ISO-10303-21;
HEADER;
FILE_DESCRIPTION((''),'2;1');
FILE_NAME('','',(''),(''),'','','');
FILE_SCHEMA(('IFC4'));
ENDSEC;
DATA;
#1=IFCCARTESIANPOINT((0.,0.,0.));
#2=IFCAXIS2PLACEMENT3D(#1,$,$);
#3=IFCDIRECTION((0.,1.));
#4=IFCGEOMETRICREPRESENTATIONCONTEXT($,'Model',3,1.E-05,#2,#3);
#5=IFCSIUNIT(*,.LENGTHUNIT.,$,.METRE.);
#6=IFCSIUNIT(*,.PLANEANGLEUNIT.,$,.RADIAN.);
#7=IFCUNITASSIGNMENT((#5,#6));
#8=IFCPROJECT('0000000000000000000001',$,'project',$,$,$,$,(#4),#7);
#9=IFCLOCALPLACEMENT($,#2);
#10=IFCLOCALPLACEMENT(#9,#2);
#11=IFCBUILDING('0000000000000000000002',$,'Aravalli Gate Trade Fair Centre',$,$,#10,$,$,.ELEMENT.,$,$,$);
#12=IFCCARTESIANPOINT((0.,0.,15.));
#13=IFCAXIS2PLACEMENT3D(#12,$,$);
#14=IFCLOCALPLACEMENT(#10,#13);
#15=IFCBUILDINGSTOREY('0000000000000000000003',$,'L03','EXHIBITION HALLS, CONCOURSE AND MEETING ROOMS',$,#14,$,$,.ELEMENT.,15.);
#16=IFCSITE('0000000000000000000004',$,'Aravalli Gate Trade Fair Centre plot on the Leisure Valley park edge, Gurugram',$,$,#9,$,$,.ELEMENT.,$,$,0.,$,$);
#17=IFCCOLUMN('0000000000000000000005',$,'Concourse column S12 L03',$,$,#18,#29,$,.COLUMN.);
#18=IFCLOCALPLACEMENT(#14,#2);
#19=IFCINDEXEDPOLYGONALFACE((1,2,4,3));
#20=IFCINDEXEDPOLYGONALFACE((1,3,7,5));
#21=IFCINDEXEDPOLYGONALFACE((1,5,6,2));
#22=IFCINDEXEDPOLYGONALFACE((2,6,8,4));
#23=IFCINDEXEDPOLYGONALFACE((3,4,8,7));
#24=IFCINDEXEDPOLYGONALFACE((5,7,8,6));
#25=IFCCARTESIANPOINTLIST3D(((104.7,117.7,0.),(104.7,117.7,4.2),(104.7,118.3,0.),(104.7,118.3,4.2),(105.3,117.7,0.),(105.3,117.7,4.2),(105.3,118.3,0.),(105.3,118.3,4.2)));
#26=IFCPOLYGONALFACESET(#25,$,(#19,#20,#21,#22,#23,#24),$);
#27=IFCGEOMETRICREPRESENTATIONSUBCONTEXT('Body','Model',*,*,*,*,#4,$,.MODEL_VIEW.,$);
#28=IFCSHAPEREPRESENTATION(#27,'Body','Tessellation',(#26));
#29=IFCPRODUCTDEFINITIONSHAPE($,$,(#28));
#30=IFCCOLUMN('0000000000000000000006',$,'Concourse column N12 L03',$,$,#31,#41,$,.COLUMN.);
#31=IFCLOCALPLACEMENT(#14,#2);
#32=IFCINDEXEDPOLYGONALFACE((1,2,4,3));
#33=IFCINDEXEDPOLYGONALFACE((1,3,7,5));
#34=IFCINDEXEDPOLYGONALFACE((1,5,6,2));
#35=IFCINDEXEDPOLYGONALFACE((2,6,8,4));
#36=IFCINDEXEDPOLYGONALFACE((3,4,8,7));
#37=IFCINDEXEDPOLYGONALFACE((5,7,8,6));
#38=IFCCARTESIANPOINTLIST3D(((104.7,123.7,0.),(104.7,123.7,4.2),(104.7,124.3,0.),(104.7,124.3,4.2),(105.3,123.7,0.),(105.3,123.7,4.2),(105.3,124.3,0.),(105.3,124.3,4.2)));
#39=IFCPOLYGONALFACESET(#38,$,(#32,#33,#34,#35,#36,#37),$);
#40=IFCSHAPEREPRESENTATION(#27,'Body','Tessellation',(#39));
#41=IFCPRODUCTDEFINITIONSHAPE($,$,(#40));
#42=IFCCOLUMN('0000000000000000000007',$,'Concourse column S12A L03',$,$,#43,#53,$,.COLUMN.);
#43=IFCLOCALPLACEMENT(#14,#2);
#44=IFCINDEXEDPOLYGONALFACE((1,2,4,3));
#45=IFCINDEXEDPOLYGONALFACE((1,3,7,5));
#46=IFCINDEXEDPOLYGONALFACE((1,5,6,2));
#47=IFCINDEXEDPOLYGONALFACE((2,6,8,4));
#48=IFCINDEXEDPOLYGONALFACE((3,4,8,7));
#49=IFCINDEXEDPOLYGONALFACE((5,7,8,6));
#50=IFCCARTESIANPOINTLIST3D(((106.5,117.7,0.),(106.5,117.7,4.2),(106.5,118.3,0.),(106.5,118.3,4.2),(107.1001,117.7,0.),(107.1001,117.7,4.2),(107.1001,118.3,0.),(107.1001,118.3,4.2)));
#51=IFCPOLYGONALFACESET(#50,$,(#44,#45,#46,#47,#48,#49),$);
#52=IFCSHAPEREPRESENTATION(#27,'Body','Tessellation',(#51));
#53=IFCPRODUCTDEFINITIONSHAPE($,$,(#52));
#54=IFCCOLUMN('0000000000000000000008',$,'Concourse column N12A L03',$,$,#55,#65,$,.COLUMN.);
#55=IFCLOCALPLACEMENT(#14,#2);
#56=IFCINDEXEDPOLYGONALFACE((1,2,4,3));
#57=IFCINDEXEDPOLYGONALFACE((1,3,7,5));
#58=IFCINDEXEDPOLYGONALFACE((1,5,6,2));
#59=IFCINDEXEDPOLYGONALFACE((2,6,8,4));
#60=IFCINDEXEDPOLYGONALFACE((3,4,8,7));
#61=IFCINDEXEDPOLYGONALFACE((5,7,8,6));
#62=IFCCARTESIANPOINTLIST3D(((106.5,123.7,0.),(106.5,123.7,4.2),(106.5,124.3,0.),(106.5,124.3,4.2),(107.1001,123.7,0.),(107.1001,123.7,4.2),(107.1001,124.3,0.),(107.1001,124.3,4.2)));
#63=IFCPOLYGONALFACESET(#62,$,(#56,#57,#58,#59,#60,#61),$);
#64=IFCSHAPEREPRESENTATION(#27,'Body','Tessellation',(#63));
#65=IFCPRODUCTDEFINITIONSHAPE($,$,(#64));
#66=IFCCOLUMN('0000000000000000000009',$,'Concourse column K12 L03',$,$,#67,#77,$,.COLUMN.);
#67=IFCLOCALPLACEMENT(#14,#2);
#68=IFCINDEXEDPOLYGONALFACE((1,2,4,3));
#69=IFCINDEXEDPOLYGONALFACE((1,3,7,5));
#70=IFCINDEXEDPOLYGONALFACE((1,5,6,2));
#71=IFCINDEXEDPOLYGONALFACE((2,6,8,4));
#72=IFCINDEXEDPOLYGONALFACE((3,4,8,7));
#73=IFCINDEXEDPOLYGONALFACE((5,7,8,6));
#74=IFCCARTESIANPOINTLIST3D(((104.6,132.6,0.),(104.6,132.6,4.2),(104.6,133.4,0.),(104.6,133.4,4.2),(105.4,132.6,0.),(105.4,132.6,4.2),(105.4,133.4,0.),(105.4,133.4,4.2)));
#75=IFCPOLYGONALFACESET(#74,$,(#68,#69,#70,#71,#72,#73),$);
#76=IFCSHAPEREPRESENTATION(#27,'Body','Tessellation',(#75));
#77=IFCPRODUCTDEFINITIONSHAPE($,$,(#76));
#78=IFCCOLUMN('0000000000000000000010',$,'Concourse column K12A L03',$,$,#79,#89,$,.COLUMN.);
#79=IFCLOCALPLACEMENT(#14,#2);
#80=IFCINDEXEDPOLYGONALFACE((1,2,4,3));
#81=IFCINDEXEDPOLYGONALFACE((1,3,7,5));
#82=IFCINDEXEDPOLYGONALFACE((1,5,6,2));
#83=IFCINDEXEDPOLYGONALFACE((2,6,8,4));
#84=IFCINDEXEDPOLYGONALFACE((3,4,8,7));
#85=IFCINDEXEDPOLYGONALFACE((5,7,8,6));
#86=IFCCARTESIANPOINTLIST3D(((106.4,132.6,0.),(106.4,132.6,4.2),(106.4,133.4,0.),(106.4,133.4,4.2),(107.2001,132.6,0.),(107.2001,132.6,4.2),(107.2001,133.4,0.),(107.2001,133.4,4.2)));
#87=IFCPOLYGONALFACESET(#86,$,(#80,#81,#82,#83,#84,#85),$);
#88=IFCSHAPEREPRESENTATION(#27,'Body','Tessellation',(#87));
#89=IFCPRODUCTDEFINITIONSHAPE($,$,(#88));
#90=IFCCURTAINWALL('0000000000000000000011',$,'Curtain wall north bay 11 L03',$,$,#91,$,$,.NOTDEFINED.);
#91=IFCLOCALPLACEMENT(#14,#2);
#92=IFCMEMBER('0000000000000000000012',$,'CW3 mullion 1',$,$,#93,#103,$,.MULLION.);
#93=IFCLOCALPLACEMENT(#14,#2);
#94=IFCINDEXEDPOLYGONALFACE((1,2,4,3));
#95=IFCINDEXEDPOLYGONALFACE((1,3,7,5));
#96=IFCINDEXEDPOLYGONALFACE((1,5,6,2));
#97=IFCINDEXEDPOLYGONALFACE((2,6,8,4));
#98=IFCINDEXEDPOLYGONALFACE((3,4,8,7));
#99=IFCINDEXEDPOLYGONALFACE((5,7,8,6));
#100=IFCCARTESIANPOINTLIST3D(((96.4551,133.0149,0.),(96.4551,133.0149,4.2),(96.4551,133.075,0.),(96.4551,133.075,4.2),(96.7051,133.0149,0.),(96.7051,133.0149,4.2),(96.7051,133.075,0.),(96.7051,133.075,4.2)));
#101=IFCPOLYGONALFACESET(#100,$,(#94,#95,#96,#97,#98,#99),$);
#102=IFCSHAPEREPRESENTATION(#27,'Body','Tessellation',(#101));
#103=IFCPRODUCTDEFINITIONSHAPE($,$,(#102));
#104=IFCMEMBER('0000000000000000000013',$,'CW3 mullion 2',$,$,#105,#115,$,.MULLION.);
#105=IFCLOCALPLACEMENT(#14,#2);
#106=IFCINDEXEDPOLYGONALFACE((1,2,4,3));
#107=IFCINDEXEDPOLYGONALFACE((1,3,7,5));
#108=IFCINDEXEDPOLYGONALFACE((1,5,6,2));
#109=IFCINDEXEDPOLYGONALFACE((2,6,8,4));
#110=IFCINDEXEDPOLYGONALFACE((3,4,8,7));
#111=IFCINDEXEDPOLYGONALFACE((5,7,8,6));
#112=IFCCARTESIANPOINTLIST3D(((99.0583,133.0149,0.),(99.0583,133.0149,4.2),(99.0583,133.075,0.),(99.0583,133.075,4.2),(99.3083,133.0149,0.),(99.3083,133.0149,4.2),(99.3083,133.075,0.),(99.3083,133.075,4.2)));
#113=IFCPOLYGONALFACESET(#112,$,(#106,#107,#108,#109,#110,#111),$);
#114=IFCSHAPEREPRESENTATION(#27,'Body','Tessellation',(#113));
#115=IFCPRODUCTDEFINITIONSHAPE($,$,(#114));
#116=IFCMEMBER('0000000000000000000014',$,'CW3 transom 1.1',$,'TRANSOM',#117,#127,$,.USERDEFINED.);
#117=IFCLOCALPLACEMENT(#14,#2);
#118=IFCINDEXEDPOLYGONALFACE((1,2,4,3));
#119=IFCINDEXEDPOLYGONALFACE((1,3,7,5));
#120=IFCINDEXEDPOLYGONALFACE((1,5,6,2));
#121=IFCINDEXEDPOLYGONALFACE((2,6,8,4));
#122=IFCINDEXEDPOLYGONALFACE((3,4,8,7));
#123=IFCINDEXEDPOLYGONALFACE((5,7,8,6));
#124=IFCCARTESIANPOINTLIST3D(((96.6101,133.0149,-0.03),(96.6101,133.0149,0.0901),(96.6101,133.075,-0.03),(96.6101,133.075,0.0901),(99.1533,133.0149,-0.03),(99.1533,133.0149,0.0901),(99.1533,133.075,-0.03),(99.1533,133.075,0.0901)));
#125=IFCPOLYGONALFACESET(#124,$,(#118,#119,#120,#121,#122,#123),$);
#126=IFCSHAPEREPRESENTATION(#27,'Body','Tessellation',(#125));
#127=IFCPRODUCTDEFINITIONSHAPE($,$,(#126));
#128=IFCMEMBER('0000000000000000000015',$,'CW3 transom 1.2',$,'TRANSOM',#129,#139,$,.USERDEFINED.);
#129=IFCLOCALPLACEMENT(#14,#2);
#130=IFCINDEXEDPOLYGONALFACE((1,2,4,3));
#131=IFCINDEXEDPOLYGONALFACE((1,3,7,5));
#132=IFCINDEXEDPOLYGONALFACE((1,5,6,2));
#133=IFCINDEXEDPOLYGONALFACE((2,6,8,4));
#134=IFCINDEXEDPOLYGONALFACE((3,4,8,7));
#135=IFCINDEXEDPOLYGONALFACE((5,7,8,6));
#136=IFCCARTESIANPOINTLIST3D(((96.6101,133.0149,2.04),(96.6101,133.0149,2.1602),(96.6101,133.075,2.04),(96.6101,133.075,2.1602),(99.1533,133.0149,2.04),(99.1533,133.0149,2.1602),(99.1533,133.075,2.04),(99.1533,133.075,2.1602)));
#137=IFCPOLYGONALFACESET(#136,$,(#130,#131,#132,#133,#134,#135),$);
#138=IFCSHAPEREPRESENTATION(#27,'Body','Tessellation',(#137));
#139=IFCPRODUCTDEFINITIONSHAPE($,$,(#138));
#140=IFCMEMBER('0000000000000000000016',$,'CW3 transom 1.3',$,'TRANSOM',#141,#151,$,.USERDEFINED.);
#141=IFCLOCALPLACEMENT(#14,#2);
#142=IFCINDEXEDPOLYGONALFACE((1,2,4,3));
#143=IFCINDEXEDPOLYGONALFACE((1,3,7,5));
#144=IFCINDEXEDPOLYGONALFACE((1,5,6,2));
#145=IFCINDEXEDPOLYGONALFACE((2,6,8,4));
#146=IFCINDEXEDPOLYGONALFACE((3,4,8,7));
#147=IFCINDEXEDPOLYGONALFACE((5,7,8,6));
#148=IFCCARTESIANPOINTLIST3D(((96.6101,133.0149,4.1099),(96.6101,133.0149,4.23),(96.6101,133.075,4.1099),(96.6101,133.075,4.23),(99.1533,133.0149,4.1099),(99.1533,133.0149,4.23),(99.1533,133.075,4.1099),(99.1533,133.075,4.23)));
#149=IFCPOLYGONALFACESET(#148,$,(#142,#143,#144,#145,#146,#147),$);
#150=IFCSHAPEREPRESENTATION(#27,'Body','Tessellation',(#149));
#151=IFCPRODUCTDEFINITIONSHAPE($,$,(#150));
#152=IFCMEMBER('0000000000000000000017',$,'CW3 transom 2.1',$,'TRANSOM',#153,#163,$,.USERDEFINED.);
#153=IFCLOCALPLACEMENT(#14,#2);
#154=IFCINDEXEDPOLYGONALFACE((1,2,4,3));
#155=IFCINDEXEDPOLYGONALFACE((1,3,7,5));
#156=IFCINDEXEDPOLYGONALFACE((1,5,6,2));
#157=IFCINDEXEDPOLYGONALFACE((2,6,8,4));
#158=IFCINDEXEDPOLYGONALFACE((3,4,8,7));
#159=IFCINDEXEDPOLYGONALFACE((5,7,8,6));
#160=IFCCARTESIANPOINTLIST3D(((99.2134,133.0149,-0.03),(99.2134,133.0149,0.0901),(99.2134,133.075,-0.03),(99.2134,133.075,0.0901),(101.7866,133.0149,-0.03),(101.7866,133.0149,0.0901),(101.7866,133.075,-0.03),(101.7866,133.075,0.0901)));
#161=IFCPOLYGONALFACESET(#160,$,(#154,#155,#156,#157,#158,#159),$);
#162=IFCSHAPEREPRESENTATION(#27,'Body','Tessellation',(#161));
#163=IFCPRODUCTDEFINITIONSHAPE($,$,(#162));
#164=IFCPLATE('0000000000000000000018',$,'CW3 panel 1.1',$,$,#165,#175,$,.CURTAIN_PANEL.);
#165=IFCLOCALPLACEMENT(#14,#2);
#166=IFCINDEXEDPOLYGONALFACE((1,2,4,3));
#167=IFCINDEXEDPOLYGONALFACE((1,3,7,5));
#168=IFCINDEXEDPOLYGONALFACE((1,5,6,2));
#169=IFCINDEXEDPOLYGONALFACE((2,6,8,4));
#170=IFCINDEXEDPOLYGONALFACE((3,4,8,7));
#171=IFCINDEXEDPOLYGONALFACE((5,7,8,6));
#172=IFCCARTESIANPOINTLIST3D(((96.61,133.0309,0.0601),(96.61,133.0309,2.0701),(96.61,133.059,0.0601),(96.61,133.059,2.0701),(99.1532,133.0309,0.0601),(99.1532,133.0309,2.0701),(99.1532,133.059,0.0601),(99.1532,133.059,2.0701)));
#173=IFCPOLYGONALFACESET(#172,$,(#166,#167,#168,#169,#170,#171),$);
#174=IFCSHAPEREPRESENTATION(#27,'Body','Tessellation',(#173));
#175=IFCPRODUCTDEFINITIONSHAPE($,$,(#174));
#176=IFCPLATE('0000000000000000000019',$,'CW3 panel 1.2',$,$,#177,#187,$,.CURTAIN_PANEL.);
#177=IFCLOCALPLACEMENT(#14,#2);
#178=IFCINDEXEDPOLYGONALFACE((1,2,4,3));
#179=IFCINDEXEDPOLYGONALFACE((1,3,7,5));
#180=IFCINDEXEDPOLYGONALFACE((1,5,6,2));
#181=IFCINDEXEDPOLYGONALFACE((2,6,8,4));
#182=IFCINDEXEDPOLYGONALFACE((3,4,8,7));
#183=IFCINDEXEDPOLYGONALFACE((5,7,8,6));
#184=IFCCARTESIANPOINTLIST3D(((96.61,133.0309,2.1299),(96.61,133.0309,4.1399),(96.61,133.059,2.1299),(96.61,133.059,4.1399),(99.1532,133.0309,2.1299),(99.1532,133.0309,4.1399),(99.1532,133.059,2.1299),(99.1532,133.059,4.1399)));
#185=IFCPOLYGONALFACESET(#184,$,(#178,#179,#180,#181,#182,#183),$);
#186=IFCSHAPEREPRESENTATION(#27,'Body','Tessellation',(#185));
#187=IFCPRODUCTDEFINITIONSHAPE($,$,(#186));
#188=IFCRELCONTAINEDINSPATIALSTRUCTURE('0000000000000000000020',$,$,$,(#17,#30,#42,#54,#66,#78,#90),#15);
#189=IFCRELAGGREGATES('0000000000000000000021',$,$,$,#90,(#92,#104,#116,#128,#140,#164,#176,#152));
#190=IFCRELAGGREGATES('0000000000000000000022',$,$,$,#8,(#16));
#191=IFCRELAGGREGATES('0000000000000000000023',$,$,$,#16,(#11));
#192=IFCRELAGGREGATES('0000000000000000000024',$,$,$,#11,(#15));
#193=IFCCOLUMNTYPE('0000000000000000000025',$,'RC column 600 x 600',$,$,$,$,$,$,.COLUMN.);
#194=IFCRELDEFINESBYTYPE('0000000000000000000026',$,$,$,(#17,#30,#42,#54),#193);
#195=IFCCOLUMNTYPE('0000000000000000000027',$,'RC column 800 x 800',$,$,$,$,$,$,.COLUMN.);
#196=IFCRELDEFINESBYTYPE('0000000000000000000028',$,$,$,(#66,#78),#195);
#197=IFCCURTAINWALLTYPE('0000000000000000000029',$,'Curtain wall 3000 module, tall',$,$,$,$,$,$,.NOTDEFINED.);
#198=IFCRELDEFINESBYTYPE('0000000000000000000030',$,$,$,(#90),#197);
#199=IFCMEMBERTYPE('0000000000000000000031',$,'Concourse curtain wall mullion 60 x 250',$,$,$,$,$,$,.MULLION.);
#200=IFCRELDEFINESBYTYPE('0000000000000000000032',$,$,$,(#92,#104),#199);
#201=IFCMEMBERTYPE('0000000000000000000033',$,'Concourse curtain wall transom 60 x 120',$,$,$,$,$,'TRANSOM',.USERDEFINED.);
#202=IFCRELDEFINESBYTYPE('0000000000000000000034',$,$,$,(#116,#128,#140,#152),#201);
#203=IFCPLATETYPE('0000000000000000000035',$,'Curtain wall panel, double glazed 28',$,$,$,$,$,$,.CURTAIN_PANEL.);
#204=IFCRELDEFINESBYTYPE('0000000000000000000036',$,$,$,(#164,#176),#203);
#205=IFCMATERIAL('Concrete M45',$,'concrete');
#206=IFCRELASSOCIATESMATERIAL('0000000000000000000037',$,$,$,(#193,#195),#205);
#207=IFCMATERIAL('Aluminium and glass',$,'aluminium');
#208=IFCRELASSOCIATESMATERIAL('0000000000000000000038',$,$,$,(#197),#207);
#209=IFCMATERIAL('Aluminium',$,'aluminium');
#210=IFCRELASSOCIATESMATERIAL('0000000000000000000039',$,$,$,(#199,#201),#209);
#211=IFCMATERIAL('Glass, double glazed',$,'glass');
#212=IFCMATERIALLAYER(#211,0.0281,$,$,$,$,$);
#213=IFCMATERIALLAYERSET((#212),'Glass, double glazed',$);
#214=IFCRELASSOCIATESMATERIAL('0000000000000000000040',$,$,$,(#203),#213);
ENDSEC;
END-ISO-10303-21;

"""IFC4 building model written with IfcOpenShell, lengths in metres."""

from ifc_helpers import new_model, si_unit, direction, frame, origin, origin_2d, place, context, subcontext, project, spatial, rectangle, extrude, material, layer, layer_set, material_profile, profile_set, type_object, element, aggregate, save


model = new_model("IFC4")

# Units and contexts
model_context = context("Model", 3, precision=1e-05, world=origin(), true_north=direction((0.0, 1.0)))
body_context = subcontext(model_context, "Body", "Model", "MODEL_VIEW")
ifc_project = project(units=[si_unit("LENGTHUNIT", "METRE"), si_unit("PLANEANGLEUNIT", "RADIAN")], contexts=[model_context])

# Site, building, storey
site_placement = place(None, origin())
site = spatial("IfcSite", under=ifc_project, at=site_placement, Name="Aravalli Gate Trade Fair Centre plot on the Leisure Valley park edge, Gurugram", CompositionType="ELEMENT", RefElevation=0.0)
building_placement = place(site_placement, origin())
building = spatial("IfcBuilding", under=site, at=building_placement, Name="Aravalli Gate Trade Fair Centre", CompositionType="ELEMENT")
storey_placement = place(building_placement, frame((0.0, 0.0, 15.0)))
storey = spatial("IfcBuildingStorey", under=building, at=storey_placement, Name="L03", Description="EXHIBITION HALLS, CONCOURSE AND MEETING ROOMS", CompositionType="ELEMENT", Elevation=15.0)

# Columns
ifc_material_1 = material(Name="Concrete M45", Category="concrete")
ifc_material_profile_1 = material_profile(ifc_material_1, rectangle(XDim=0.6001, YDim=0.6001, at=origin_2d()), Name="RC column 600 x 600")
ifc_profile_set_1 = profile_set([ifc_material_profile_1], Name="Concrete M45")
column_type_1 = type_object("IfcColumnType", Name="RC column 600 x 600", PredefinedType="COLUMN", material=ifc_profile_set_1)
for number, where, z_axis, x_axis, name in (
    (1, (105.0, 118.0, 0.0), (0.0, 0.0, 1.0), (1.0, 0.0, 0.0), "Concourse column S12 L03"),
    (2, (105.0, 124.0, 0.0), (0.0, 0.0, 1.0), (1.0, 0.0, 0.0), "Concourse column N12 L03"),
    (3, (106.8, 118.0, 0.0), (0.0, 0.0, 1.0), (1.0, 0.0, 0.0), "Concourse column S12A L03"),
    (4, (106.8, 124.0, 0.0), (0.0, 0.0, 1.0), (1.0, 0.0, 0.0), "Concourse column N12A L03"),
):
    element("IfcColumn", number, at=place(storey_placement, frame(where, z_axis=z_axis, x_axis=x_axis)), inside=storey, type_object=column_type_1, Name=name, PredefinedType="COLUMN", context=body_context, shape_type="SweptSolid", body=[
        extrude(rectangle(XDim=0.6001, YDim=0.6001, at=origin_2d()), origin(), (0.0, 0.0, 1.0), 4.2),
    ])
ifc_material_profile_2 = material_profile(ifc_material_1, rectangle(XDim=0.8, YDim=0.8, at=origin_2d()), Name="RC column 800 x 800")
ifc_profile_set_2 = profile_set([ifc_material_profile_2], Name="Concrete M45")
column_type_2 = type_object("IfcColumnType", Name="RC column 800 x 800", PredefinedType="COLUMN", material=ifc_profile_set_2)
for number, where, z_axis, x_axis, name in (
    (5, (105.0, 133.0, 0.0), (0.0, 0.0, 1.0), (1.0, 0.0, 0.0), "Concourse column K12 L03"),
    (6, (106.8, 133.0, 0.0), (0.0, 0.0, 1.0), (1.0, 0.0, 0.0), "Concourse column K12A L03"),
):
    element("IfcColumn", number, at=place(storey_placement, frame(where, z_axis=z_axis, x_axis=x_axis)), inside=storey, type_object=column_type_2, Name=name, PredefinedType="COLUMN", context=body_context, shape_type="SweptSolid", body=[
        extrude(rectangle(XDim=0.8, YDim=0.8, at=origin_2d()), origin(), (0.0, 0.0, 1.0), 4.2),
    ])

# Curtain wall, members, plates
ifc_material_2 = material(Name="Aluminium and glass", Category="aluminium")
curtain_wall_type = type_object("IfcCurtainWallType", Name="Curtain wall 3000 module, tall", PredefinedType="NOTDEFINED", material=ifc_material_2)
curtain_wall_placement = place(storey_placement, origin())
curtain_wall = element("IfcCurtainWall", 7, at=curtain_wall_placement, inside=storey, type_object=curtain_wall_type, Name="Curtain wall north bay 11 L03", PredefinedType="NOTDEFINED")
ifc_material_3 = material(Name="Aluminium", Category="aluminium")
ifc_material_profile_3 = material_profile(ifc_material_3, rectangle(XDim=0.0601, YDim=0.25, at=origin_2d()), Name="Concourse curtain wall mullion 60 x 250")
ifc_profile_set_3 = profile_set([ifc_material_profile_3], Name="Aluminium")
member_type_1 = type_object("IfcMemberType", Name="Concourse curtain wall mullion 60 x 250", PredefinedType="MULLION", material=ifc_profile_set_3)
member_1_placement = place(storey_placement, frame((96.5801, 133.0449, 0.0), z_axis=(0.0, 0.0, 1.0), x_axis=(0.0, 1.0, 0.0)))
member_1 = element("IfcMember", 8, at=member_1_placement, type_object=member_type_1, Name="CW3 mullion 1", PredefinedType="MULLION", context=body_context, shape_type="SweptSolid", body=[
    extrude(rectangle(XDim=0.0601, YDim=0.25, at=origin_2d()), origin(), (0.0, 0.0, 1.0), 4.2),
])
member_2_placement = place(storey_placement, frame((99.1833, 133.0449, 0.0), z_axis=(0.0, 0.0, 1.0), x_axis=(0.0, 1.0, 0.0)))
member_2 = element("IfcMember", 9, at=member_2_placement, type_object=member_type_1, Name="CW3 mullion 2", PredefinedType="MULLION", context=body_context, shape_type="SweptSolid", body=[
    extrude(rectangle(XDim=0.0601, YDim=0.25, at=origin_2d()), origin(), (0.0, 0.0, 1.0), 4.2),
])
ifc_material_profile_4 = material_profile(ifc_material_3, rectangle(XDim=0.0601, YDim=0.1201, at=origin_2d()), Name="Concourse curtain wall transom 60 x 120")
ifc_profile_set_4 = profile_set([ifc_material_profile_4], Name="Aluminium")
member_type_2 = type_object("IfcMemberType", Name="Concourse curtain wall transom 60 x 120", ElementType="TRANSOM", PredefinedType="USERDEFINED", material=ifc_profile_set_4)
member_3_placement = place(storey_placement, frame((96.6101, 133.0449, 0.03), z_axis=(1.0, 0.0, 0.0), x_axis=(0.0, 1.0, 0.0)))
member_3 = element("IfcMember", 10, at=member_3_placement, type_object=member_type_2, Name="CW3 transom 1.1", ObjectType="TRANSOM", PredefinedType="USERDEFINED", context=body_context, shape_type="SweptSolid", body=[
    extrude(rectangle(XDim=0.0601, YDim=0.1201, at=origin_2d()), origin(), (0.0, 0.0, 1.0), 2.5432),
])
member_4_placement = place(storey_placement, frame((96.6101, 133.0449, 2.1001), z_axis=(1.0, 0.0, 0.0), x_axis=(0.0, 1.0, 0.0)))
member_4 = element("IfcMember", 11, at=member_4_placement, type_object=member_type_2, Name="CW3 transom 1.2", ObjectType="TRANSOM", PredefinedType="USERDEFINED", context=body_context, shape_type="SweptSolid", body=[
    extrude(rectangle(XDim=0.0601, YDim=0.1201, at=origin_2d()), origin(), (0.0, 0.0, 1.0), 2.5432),
])
member_5_placement = place(storey_placement, frame((96.6101, 133.0449, 4.1699), z_axis=(1.0, 0.0, 0.0), x_axis=(0.0, 1.0, 0.0)))
member_5 = element("IfcMember", 12, at=member_5_placement, type_object=member_type_2, Name="CW3 transom 1.3", ObjectType="TRANSOM", PredefinedType="USERDEFINED", context=body_context, shape_type="SweptSolid", body=[
    extrude(rectangle(XDim=0.0601, YDim=0.1201, at=origin_2d()), origin(), (0.0, 0.0, 1.0), 2.5432),
])
member_6_placement = place(storey_placement, frame((99.2134, 133.0449, 0.03), z_axis=(1.0, 0.0, 0.0), x_axis=(0.0, 1.0, 0.0)))
member_6 = element("IfcMember", 13, at=member_6_placement, type_object=member_type_2, Name="CW3 transom 2.1", ObjectType="TRANSOM", PredefinedType="USERDEFINED", context=body_context, shape_type="SweptSolid", body=[
    extrude(rectangle(XDim=0.0601, YDim=0.1201, at=origin_2d()), origin(), (0.0, 0.0, 1.0), 2.5732),
])
ifc_material_4 = material(Name="Glass, double glazed", Category="glass")
ifc_layer_1 = layer(ifc_material_4, 0.0281)
ifc_layer_set_1 = layer_set([ifc_layer_1], Name="Glass, double glazed")
plate_type = type_object("IfcPlateType", Name="Curtain wall panel, double glazed 28", PredefinedType="CURTAIN_PANEL", material=ifc_layer_set_1)
plate_1_placement = place(storey_placement, frame((97.8816, 133.0449, 0.0601), z_axis=(0.0, 0.0, 1.0), x_axis=(1.0, 0.0, 0.0)))
plate_1 = element("IfcPlate", 14, at=plate_1_placement, type_object=plate_type, Name="CW3 panel 1.1", PredefinedType="CURTAIN_PANEL", context=body_context, shape_type="SweptSolid", body=[
    extrude(rectangle(XDim=2.5432, YDim=0.0281, at=origin_2d()), origin(), (0.0, 0.0, 1.0), 2.01),
])
plate_2_placement = place(storey_placement, frame((97.8816, 133.0449, 2.1299), z_axis=(0.0, 0.0, 1.0), x_axis=(1.0, 0.0, 0.0)))
plate_2 = element("IfcPlate", 15, at=plate_2_placement, type_object=plate_type, Name="CW3 panel 1.2", PredefinedType="CURTAIN_PANEL", context=body_context, shape_type="SweptSolid", body=[
    extrude(rectangle(XDim=2.5432, YDim=0.0281, at=origin_2d()), origin(), (0.0, 0.0, 1.0), 2.01),
])
aggregate(curtain_wall, [member_1, member_2, member_3, member_4, member_5, plate_1, plate_2, member_6])

save(model, "model.ifc")
